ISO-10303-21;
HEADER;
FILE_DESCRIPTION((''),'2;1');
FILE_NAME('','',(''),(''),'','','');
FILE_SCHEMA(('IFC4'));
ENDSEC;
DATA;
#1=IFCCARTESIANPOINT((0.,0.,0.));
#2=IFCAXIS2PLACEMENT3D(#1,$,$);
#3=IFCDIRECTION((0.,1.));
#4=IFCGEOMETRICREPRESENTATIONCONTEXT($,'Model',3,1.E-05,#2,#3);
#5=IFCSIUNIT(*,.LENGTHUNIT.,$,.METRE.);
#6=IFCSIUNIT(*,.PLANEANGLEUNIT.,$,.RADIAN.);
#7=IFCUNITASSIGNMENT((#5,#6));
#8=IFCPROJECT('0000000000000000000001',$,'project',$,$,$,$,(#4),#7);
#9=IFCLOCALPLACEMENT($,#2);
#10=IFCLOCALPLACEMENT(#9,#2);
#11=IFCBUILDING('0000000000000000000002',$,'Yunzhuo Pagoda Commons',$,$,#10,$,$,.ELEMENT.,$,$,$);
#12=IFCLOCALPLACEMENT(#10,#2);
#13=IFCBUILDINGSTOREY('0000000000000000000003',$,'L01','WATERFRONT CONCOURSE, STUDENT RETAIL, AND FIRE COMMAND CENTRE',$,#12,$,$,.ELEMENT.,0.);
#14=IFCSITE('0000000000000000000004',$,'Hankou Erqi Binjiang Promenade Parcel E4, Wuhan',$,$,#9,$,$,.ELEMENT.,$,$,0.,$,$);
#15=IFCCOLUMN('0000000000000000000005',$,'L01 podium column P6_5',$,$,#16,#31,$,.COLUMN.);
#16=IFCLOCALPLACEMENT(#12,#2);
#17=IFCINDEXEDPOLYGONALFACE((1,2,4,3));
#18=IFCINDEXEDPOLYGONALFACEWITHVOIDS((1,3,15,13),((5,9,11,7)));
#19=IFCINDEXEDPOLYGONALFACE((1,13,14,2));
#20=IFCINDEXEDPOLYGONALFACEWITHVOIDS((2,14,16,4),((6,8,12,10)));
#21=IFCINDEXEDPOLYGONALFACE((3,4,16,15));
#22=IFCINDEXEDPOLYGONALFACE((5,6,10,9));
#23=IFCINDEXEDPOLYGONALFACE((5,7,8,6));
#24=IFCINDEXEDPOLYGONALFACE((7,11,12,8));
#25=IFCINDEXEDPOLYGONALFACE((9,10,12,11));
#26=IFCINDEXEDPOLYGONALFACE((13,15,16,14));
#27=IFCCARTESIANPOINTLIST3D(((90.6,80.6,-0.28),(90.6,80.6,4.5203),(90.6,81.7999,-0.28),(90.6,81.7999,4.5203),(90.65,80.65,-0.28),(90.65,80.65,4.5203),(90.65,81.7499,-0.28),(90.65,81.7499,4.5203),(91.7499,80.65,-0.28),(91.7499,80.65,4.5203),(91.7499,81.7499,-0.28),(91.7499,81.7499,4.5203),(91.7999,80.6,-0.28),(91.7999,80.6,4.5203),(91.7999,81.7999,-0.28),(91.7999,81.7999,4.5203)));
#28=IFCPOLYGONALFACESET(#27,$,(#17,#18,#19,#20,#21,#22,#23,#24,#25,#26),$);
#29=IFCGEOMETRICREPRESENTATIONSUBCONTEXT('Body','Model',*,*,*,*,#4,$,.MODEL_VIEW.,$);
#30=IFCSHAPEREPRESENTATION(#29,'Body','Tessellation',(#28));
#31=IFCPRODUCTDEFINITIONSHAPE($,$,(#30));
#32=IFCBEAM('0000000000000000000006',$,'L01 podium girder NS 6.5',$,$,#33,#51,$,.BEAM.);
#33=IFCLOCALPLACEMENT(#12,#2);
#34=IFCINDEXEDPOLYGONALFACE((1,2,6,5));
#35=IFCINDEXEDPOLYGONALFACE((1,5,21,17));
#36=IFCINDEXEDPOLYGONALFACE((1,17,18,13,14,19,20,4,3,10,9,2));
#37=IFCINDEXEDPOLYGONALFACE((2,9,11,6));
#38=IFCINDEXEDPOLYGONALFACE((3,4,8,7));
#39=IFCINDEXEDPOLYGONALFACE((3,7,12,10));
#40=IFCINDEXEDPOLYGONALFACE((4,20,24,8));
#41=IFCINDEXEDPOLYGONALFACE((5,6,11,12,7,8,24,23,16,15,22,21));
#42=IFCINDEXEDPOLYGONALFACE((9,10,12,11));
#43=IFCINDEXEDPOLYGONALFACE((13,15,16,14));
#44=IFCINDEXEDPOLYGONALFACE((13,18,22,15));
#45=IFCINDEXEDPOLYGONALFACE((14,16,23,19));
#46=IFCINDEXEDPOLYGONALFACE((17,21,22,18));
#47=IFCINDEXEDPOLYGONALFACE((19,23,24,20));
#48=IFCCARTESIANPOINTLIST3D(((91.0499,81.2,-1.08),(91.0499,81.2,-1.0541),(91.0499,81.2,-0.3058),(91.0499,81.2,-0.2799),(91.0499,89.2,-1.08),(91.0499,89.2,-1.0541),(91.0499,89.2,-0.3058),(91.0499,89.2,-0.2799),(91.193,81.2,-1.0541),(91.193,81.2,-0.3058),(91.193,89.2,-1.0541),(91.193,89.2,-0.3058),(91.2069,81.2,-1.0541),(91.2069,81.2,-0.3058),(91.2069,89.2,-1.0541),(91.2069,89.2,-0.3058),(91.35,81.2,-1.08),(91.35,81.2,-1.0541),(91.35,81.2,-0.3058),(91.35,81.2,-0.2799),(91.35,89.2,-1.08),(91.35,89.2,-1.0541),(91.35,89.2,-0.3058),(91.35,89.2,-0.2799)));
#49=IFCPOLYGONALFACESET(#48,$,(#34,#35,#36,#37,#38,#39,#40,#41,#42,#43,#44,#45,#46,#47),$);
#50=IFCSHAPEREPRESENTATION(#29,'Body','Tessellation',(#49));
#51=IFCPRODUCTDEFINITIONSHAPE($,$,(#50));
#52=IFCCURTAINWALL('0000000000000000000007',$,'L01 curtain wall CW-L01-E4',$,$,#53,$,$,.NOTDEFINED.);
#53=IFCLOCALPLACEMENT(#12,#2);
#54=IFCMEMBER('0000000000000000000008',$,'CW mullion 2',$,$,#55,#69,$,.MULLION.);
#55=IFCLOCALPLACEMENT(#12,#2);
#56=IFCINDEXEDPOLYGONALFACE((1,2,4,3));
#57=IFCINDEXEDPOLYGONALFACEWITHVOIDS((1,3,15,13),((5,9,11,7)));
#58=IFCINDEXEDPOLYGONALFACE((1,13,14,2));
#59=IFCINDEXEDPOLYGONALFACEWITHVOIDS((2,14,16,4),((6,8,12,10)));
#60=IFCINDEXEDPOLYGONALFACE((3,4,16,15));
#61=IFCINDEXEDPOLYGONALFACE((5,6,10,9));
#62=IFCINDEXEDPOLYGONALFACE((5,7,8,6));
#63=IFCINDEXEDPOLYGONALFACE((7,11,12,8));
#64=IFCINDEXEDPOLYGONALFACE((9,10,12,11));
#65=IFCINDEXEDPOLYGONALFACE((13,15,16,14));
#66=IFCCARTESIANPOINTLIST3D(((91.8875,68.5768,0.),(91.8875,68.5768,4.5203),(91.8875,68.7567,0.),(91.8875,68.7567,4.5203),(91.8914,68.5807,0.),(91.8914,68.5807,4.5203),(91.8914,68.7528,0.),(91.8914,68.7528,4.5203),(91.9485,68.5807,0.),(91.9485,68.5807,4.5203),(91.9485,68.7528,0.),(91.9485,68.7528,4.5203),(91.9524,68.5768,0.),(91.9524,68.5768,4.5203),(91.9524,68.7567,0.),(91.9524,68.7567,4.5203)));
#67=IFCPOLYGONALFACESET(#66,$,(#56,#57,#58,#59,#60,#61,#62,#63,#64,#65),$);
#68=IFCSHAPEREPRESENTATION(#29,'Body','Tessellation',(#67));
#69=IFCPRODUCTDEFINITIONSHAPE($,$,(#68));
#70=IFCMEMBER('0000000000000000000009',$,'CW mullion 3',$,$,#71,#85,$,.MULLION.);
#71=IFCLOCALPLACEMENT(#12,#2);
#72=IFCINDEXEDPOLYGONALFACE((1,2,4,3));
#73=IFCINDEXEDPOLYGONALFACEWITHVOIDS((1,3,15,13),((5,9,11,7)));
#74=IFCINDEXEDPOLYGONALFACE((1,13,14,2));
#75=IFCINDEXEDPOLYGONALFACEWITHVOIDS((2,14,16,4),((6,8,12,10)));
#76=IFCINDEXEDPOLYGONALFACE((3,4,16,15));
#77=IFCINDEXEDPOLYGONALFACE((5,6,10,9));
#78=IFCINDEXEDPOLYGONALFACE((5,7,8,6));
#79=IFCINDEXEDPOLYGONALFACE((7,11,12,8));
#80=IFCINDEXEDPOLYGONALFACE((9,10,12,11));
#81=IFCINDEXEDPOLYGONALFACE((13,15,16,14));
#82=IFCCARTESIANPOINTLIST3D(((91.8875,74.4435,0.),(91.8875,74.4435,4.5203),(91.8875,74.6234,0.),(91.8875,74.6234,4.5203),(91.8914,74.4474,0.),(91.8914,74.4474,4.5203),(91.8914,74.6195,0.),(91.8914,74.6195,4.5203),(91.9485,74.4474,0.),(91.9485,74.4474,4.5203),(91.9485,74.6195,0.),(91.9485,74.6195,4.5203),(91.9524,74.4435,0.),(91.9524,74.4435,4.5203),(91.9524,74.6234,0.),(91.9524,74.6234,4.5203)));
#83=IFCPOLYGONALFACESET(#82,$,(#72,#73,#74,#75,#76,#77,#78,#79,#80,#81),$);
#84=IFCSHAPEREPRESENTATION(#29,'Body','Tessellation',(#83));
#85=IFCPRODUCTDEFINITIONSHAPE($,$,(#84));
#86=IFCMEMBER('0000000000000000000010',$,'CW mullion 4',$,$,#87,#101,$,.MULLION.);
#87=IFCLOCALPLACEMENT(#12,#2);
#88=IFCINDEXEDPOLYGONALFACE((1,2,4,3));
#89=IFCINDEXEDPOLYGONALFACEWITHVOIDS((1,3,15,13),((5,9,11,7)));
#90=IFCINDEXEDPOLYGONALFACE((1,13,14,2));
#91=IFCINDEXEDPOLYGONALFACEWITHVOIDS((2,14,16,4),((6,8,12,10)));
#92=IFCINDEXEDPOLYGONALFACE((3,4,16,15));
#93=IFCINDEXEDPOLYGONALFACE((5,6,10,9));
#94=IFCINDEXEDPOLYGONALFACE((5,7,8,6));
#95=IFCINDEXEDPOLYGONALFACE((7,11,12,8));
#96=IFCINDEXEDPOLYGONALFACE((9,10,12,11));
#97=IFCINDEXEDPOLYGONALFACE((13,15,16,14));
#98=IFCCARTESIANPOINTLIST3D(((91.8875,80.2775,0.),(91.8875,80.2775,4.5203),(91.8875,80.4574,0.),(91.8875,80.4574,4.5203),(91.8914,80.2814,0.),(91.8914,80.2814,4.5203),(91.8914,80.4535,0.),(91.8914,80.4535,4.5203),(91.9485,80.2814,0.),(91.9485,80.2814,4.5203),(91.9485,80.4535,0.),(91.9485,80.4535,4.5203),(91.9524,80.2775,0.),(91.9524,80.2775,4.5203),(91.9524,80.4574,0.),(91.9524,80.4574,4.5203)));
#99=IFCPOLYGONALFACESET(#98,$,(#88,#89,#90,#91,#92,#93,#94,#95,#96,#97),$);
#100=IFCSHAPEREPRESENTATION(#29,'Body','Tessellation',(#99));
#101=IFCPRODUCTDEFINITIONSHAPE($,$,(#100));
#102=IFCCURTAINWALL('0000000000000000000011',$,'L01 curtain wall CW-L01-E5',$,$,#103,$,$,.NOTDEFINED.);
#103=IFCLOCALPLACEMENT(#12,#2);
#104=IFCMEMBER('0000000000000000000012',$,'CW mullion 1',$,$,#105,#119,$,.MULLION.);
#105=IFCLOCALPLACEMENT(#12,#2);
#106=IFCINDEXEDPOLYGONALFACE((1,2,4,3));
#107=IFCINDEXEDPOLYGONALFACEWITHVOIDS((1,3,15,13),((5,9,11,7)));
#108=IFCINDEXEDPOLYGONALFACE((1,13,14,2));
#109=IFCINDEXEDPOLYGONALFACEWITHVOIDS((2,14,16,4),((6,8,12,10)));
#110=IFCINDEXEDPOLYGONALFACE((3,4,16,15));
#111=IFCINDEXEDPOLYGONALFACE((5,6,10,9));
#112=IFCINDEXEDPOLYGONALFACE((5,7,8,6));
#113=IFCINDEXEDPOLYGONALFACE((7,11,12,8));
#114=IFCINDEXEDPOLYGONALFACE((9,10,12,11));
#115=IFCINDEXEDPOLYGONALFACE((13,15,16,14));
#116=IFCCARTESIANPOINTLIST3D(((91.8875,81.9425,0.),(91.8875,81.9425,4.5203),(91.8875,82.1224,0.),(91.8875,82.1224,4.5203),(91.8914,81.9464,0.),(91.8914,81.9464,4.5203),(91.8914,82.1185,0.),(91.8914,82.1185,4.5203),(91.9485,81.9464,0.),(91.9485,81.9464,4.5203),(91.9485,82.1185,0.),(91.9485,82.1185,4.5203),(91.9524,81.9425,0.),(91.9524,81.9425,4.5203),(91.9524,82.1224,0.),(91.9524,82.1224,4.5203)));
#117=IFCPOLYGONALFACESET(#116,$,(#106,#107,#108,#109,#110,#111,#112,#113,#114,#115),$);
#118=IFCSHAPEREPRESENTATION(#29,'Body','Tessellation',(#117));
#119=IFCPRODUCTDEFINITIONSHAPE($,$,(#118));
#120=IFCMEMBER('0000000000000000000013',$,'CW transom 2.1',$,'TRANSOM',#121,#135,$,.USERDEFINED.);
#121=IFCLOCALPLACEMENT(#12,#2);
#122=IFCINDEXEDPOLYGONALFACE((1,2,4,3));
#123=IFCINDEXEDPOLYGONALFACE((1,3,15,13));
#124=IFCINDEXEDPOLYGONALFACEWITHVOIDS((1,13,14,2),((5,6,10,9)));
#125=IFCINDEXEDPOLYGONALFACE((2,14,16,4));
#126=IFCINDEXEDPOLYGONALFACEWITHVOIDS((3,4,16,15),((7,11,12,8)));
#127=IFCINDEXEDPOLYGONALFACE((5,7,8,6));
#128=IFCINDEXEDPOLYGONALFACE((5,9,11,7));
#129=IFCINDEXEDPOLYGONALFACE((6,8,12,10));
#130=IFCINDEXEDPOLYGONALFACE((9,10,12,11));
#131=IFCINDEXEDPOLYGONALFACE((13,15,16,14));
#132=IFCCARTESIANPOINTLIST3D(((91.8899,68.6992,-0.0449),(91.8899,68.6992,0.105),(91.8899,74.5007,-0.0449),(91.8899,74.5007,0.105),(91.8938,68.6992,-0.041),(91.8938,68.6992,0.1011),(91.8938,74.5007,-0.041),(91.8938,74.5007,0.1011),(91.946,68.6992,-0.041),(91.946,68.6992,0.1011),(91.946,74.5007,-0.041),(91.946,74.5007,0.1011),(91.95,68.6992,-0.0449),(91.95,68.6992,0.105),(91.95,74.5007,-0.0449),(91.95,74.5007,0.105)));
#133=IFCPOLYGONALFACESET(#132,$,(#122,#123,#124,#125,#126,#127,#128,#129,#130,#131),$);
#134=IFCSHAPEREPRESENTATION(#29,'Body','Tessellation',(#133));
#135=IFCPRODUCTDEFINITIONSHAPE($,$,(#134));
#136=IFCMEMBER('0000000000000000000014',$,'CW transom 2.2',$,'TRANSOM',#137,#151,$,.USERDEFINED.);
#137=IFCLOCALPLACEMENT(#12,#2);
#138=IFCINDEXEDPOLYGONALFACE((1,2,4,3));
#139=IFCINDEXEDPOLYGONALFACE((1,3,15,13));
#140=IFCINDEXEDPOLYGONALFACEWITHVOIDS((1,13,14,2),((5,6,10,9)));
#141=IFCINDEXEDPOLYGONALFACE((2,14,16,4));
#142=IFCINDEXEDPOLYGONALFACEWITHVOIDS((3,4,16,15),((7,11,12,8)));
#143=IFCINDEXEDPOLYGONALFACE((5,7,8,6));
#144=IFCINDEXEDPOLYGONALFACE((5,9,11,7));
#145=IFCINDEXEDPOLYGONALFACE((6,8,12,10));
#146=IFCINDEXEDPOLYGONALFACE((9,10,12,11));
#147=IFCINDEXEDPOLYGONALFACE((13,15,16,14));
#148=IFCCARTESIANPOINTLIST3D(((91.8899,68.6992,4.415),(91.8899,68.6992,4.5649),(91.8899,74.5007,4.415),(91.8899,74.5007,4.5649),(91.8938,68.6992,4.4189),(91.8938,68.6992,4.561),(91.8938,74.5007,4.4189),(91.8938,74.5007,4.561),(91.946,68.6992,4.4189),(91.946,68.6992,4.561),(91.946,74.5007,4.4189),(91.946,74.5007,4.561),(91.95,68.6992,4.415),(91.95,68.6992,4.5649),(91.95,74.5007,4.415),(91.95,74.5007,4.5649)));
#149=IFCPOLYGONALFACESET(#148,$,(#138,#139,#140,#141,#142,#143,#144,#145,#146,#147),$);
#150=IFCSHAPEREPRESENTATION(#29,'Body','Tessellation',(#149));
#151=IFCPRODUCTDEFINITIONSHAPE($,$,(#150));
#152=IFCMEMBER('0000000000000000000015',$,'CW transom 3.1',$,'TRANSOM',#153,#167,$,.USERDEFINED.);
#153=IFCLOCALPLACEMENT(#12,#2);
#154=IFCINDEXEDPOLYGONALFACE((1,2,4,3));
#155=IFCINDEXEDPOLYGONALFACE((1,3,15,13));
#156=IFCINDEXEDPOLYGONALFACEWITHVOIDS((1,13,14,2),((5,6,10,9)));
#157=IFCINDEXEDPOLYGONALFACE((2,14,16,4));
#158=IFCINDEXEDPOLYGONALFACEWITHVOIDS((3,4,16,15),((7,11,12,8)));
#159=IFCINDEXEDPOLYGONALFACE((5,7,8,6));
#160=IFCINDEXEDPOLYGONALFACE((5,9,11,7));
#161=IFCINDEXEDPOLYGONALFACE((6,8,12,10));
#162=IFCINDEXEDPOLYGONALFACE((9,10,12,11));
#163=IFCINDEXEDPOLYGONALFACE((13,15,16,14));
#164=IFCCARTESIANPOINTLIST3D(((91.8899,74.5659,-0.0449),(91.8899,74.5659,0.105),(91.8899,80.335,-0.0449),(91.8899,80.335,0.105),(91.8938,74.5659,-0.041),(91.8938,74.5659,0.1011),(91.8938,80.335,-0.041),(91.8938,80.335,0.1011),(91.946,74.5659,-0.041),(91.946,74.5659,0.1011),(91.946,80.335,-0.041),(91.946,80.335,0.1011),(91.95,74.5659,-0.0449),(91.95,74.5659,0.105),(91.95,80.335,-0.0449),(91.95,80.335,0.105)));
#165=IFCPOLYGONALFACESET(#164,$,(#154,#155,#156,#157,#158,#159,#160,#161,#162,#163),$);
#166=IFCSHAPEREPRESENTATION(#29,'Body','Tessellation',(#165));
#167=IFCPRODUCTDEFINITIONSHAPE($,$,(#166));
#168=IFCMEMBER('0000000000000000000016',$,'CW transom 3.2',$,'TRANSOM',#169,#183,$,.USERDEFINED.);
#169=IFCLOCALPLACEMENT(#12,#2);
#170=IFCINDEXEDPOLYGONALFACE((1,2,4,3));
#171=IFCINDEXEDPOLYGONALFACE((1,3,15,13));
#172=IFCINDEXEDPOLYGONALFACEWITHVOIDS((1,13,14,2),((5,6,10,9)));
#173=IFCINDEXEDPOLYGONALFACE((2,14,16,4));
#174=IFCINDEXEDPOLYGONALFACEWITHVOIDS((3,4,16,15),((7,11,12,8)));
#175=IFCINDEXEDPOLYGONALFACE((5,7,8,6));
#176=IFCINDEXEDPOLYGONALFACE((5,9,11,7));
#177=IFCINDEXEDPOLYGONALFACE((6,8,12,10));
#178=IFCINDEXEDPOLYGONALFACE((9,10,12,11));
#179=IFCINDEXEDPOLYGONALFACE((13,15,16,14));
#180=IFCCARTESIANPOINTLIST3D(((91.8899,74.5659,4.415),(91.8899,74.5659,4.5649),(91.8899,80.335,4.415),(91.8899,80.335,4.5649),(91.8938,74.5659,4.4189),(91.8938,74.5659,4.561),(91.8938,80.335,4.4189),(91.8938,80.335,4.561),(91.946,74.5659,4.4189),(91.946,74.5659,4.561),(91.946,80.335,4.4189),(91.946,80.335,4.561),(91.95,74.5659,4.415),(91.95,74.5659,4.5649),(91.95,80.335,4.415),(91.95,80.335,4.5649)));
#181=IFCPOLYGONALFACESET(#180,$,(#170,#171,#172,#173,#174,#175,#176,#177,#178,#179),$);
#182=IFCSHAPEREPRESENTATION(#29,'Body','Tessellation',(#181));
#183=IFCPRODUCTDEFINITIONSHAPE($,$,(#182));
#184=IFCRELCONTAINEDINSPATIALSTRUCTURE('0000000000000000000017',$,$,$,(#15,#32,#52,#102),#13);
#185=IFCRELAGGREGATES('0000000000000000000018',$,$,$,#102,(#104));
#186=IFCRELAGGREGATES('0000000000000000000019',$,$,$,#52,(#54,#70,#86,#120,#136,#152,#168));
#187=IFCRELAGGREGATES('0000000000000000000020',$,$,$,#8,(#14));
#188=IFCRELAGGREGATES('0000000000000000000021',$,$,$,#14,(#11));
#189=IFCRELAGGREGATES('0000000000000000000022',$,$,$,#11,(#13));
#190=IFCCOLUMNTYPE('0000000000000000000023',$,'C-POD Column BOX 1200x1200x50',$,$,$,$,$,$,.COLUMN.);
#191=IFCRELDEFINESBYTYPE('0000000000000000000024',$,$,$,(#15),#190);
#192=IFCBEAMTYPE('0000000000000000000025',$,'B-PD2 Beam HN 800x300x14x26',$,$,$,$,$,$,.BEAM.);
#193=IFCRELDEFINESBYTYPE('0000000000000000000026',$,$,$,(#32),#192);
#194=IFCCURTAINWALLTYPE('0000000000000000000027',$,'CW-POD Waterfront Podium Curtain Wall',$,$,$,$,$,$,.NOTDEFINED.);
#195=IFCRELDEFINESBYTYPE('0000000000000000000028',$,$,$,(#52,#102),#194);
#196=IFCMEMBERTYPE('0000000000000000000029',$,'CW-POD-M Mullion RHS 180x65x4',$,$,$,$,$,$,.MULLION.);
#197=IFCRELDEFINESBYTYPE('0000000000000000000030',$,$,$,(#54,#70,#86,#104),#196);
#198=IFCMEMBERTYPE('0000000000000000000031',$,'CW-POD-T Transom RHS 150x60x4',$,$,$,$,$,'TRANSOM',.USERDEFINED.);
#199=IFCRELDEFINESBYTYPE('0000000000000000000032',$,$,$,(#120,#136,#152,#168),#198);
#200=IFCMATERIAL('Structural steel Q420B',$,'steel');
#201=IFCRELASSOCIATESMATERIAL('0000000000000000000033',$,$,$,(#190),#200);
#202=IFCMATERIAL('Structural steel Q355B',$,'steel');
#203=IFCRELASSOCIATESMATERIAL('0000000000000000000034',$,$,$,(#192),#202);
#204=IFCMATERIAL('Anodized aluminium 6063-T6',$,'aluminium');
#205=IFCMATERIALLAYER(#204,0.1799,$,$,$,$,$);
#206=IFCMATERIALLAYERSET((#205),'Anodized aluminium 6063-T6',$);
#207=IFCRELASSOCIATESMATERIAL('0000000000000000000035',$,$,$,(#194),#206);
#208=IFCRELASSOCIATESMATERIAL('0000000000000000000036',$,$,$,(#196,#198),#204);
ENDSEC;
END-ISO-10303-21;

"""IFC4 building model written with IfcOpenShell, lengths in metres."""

from ifc_helpers import new_model, si_unit, direction, frame, origin, origin_2d, place, context, subcontext, project, spatial, hollow_rectangle, i_section, extrude, source, transform, mapped, material, layer, layer_set, material_profile, profile_set, type_object, element, aggregate, save


model = new_model("IFC4")

# Units and contexts
model_context = context("Model", 3, precision=1e-05, world=origin(), true_north=direction((0.0, 1.0)))
body_context = subcontext(model_context, "Body", "Model", "MODEL_VIEW")
ifc_project = project(units=[si_unit("LENGTHUNIT", "METRE"), si_unit("PLANEANGLEUNIT", "RADIAN")], contexts=[model_context])

# Site, building, storey
site_placement = place(None, origin())
site = spatial("IfcSite", under=ifc_project, at=site_placement, Name="Hankou Erqi Binjiang Promenade Parcel E4, Wuhan", CompositionType="ELEMENT", RefElevation=0.0)
building_placement = place(site_placement, origin())
building = spatial("IfcBuilding", under=site, at=building_placement, Name="Yunzhuo Pagoda Commons", CompositionType="ELEMENT")
storey_placement = place(building_placement, origin())
storey = spatial("IfcBuildingStorey", under=building, at=storey_placement, Name="L01", Description="WATERFRONT CONCOURSE, STUDENT RETAIL, AND FIRE COMMAND CENTRE", CompositionType="ELEMENT", Elevation=0.0)

# Column
ifc_material_1 = material(Name="Structural steel Q420B", Category="steel")
ifc_material_profile_1 = material_profile(ifc_material_1, hollow_rectangle(XDim=1.2, YDim=1.2, WallThickness=0.05, at=origin_2d()), Name="Structural steel Q420B")
ifc_profile_set_1 = profile_set([ifc_material_profile_1], Name="Structural steel Q420B")
column_type = type_object("IfcColumnType", Name="C-POD Column BOX 1200x1200x50", PredefinedType="COLUMN", material=ifc_profile_set_1)
shared_shape_1 = source(origin(), body_context, "Body", "SweptSolid", [
    extrude(hollow_rectangle(XDim=1.2, YDim=1.2, WallThickness=0.05, at=origin_2d()), origin(), (0.0, 0.0, 1.0), 4.8003),
])
column_placement = place(storey_placement, frame((91.2, 81.2, -0.28), z_axis=(0.0, 0.0, 1.0), x_axis=(1.0, 0.0, 0.0)))
element("IfcColumn", 1, at=column_placement, inside=storey, type_object=column_type, Name="L01 podium column P6_5", PredefinedType="COLUMN", context=body_context, shape_type="MappedRepresentation", body=[
    mapped(shared_shape_1, transform((0.0, 0.0, 0.0), scale=1.0)),
])

# Beam
ifc_material_2 = material(Name="Structural steel Q355B", Category="steel")
ifc_material_profile_2 = material_profile(ifc_material_2, i_section(OverallWidth=0.3, OverallDepth=0.8, WebThickness=0.0139, FlangeThickness=0.0259, at=origin_2d()), Name="Structural steel Q355B")
ifc_profile_set_2 = profile_set([ifc_material_profile_2], Name="Structural steel Q355B")
beam_type = type_object("IfcBeamType", Name="B-PD2 Beam HN 800x300x14x26", PredefinedType="BEAM", material=ifc_profile_set_2)
shared_shape_2 = source(origin(), body_context, "Body", "SweptSolid", [
    extrude(i_section(OverallWidth=0.3, OverallDepth=0.8, WebThickness=0.0139, FlangeThickness=0.0259, at=origin_2d()), origin(), (0.0, 0.0, 1.0), 8.0),
])
beam_placement = place(storey_placement, frame((91.2, 81.2, -0.6799), z_axis=(0.0, 1.0, 0.0), x_axis=(-1.0, 0.0, 0.0)))
element("IfcBeam", 2, at=beam_placement, inside=storey, type_object=beam_type, Name="L01 podium girder NS 6.5", PredefinedType="BEAM", context=body_context, shape_type="MappedRepresentation", body=[
    mapped(shared_shape_2, transform((0.0, 0.0, 0.0), scale=1.0)),
])

# Curtain wall, members
ifc_material_3 = material(Name="Anodized aluminium 6063-T6", Category="aluminium")
ifc_layer_1 = layer(ifc_material_3, 0.1799)
ifc_layer_set_1 = layer_set([ifc_layer_1], Name="Anodized aluminium 6063-T6")
curtain_wall_type = type_object("IfcCurtainWallType", Name="CW-POD Waterfront Podium Curtain Wall", PredefinedType="NOTDEFINED", material=ifc_layer_set_1)
curtain_wall_1_placement = place(storey_placement, origin())
curtain_wall_1 = element("IfcCurtainWall", 3, at=curtain_wall_1_placement, inside=storey, type_object=curtain_wall_type, Name="L01 curtain wall CW-L01-E4", PredefinedType="NOTDEFINED")
ifc_material_profile_3 = material_profile(ifc_material_3, hollow_rectangle(XDim=0.0649, YDim=0.1799, WallThickness=0.0039, at=origin_2d()), Name="Anodized aluminium 6063-T6")
ifc_profile_set_3 = profile_set([ifc_material_profile_3], Name="Anodized aluminium 6063-T6")
member_type_1 = type_object("IfcMemberType", Name="CW-POD-M Mullion RHS 180x65x4", PredefinedType="MULLION", material=ifc_profile_set_3)
shared_shape_3 = source(origin(), body_context, "Body", "SweptSolid", [
    extrude(hollow_rectangle(XDim=0.0649, YDim=0.1799, WallThickness=0.0039, at=origin_2d()), origin(), (0.0, 0.0, 1.0), 4.5203),
])
member_1_placement = place(storey_placement, frame((91.9199, 68.6667, 0.0), z_axis=(0.0, 0.0, 1.0), x_axis=(-1.0, 0.0, 0.0)))
member_1 = element("IfcMember", 4, at=member_1_placement, type_object=member_type_1, Name="CW mullion 2", PredefinedType="MULLION", context=body_context, shape_type="MappedRepresentation", body=[
    mapped(shared_shape_3, transform((0.0, 0.0, 0.0), scale=1.0)),
])
member_2_placement = place(storey_placement, frame((91.9199, 74.5334, 0.0), z_axis=(0.0, 0.0, 1.0), x_axis=(-1.0, 0.0, 0.0)))
member_2 = element("IfcMember", 5, at=member_2_placement, type_object=member_type_1, Name="CW mullion 3", PredefinedType="MULLION", context=body_context, shape_type="MappedRepresentation", body=[
    mapped(shared_shape_3, transform((0.0, 0.0, 0.0), scale=1.0)),
])
member_3_placement = place(storey_placement, frame((91.9199, 80.3674, 0.0), z_axis=(0.0, 0.0, 1.0), x_axis=(-1.0, 0.0, 0.0)))
member_3 = element("IfcMember", 6, at=member_3_placement, type_object=member_type_1, Name="CW mullion 4", PredefinedType="MULLION", context=body_context, shape_type="MappedRepresentation", body=[
    mapped(shared_shape_3, transform((0.0, 0.0, 0.0), scale=1.0)),
])

# Curtain wall, member
curtain_wall_2_placement = place(storey_placement, origin())
curtain_wall_2 = element("IfcCurtainWall", 7, at=curtain_wall_2_placement, inside=storey, type_object=curtain_wall_type, Name="L01 curtain wall CW-L01-E5", PredefinedType="NOTDEFINED")
member_4_placement = place(storey_placement, frame((91.9199, 82.0325, 0.0), z_axis=(0.0, 0.0, 1.0), x_axis=(-1.0, 0.0, 0.0)))
member_4 = element("IfcMember", 8, at=member_4_placement, type_object=member_type_1, Name="CW mullion 1", PredefinedType="MULLION", context=body_context, shape_type="MappedRepresentation", body=[
    mapped(shared_shape_3, transform((0.0, 0.0, 0.0), scale=1.0)),
])

# Members
ifc_material_profile_4 = material_profile(ifc_material_3, hollow_rectangle(XDim=0.0601, YDim=0.1499, WallThickness=0.0039, at=origin_2d()), Name="Anodized aluminium 6063-T6")
ifc_profile_set_4 = profile_set([ifc_material_profile_4], Name="Anodized aluminium 6063-T6")
member_type_2 = type_object("IfcMemberType", Name="CW-POD-T Transom RHS 150x60x4", ElementType="TRANSOM", PredefinedType="USERDEFINED", material=ifc_profile_set_4)
shared_shape_4 = source(origin(), body_context, "Body", "SweptSolid", [
    extrude(hollow_rectangle(XDim=0.0601, YDim=0.1499, WallThickness=0.0039, at=origin_2d()), origin(), (0.0, 0.0, 1.0), 5.8015),
])
member_5_placement = place(storey_placement, frame((91.9199, 68.6992, 0.03), z_axis=(0.0, 1.0, 0.0), x_axis=(-1.0, 0.0, 0.0)))
member_5 = element("IfcMember", 9, at=member_5_placement, type_object=member_type_2, Name="CW transom 2.1", ObjectType="TRANSOM", PredefinedType="USERDEFINED", context=body_context, shape_type="MappedRepresentation", body=[
    mapped(shared_shape_4, transform((0.0, 0.0, 0.0), scale=1.0)),
])
member_6_placement = place(storey_placement, frame((91.9199, 68.6992, 4.49), z_axis=(0.0, 1.0, 0.0), x_axis=(-1.0, 0.0, 0.0)))
member_6 = element("IfcMember", 10, at=member_6_placement, type_object=member_type_2, Name="CW transom 2.2", ObjectType="TRANSOM", PredefinedType="USERDEFINED", context=body_context, shape_type="MappedRepresentation", body=[
    mapped(shared_shape_4, transform((0.0, 0.0, 0.0), scale=1.0)),
])
shared_shape_5 = source(origin(), body_context, "Body", "SweptSolid", [
    extrude(hollow_rectangle(XDim=0.0601, YDim=0.1499, WallThickness=0.0039, at=origin_2d()), origin(), (0.0, 0.0, 1.0), 5.769),
])
member_7_placement = place(storey_placement, frame((91.9199, 74.5659, 0.03), z_axis=(0.0, 1.0, 0.0), x_axis=(-1.0, 0.0, 0.0)))
member_7 = element("IfcMember", 11, at=member_7_placement, type_object=member_type_2, Name="CW transom 3.1", ObjectType="TRANSOM", PredefinedType="USERDEFINED", context=body_context, shape_type="MappedRepresentation", body=[
    mapped(shared_shape_5, transform((0.0, 0.0, 0.0), scale=1.0)),
])
member_8_placement = place(storey_placement, frame((91.9199, 74.5659, 4.49), z_axis=(0.0, 1.0, 0.0), x_axis=(-1.0, 0.0, 0.0)))
member_8 = element("IfcMember", 12, at=member_8_placement, type_object=member_type_2, Name="CW transom 3.2", ObjectType="TRANSOM", PredefinedType="USERDEFINED", context=body_context, shape_type="MappedRepresentation", body=[
    mapped(shared_shape_5, transform((0.0, 0.0, 0.0), scale=1.0)),
])
aggregate(curtain_wall_2, [member_4])

aggregate(curtain_wall_1, [member_1, member_2, member_3, member_5, member_6, member_7, member_8])

save(model, "model.ifc")
